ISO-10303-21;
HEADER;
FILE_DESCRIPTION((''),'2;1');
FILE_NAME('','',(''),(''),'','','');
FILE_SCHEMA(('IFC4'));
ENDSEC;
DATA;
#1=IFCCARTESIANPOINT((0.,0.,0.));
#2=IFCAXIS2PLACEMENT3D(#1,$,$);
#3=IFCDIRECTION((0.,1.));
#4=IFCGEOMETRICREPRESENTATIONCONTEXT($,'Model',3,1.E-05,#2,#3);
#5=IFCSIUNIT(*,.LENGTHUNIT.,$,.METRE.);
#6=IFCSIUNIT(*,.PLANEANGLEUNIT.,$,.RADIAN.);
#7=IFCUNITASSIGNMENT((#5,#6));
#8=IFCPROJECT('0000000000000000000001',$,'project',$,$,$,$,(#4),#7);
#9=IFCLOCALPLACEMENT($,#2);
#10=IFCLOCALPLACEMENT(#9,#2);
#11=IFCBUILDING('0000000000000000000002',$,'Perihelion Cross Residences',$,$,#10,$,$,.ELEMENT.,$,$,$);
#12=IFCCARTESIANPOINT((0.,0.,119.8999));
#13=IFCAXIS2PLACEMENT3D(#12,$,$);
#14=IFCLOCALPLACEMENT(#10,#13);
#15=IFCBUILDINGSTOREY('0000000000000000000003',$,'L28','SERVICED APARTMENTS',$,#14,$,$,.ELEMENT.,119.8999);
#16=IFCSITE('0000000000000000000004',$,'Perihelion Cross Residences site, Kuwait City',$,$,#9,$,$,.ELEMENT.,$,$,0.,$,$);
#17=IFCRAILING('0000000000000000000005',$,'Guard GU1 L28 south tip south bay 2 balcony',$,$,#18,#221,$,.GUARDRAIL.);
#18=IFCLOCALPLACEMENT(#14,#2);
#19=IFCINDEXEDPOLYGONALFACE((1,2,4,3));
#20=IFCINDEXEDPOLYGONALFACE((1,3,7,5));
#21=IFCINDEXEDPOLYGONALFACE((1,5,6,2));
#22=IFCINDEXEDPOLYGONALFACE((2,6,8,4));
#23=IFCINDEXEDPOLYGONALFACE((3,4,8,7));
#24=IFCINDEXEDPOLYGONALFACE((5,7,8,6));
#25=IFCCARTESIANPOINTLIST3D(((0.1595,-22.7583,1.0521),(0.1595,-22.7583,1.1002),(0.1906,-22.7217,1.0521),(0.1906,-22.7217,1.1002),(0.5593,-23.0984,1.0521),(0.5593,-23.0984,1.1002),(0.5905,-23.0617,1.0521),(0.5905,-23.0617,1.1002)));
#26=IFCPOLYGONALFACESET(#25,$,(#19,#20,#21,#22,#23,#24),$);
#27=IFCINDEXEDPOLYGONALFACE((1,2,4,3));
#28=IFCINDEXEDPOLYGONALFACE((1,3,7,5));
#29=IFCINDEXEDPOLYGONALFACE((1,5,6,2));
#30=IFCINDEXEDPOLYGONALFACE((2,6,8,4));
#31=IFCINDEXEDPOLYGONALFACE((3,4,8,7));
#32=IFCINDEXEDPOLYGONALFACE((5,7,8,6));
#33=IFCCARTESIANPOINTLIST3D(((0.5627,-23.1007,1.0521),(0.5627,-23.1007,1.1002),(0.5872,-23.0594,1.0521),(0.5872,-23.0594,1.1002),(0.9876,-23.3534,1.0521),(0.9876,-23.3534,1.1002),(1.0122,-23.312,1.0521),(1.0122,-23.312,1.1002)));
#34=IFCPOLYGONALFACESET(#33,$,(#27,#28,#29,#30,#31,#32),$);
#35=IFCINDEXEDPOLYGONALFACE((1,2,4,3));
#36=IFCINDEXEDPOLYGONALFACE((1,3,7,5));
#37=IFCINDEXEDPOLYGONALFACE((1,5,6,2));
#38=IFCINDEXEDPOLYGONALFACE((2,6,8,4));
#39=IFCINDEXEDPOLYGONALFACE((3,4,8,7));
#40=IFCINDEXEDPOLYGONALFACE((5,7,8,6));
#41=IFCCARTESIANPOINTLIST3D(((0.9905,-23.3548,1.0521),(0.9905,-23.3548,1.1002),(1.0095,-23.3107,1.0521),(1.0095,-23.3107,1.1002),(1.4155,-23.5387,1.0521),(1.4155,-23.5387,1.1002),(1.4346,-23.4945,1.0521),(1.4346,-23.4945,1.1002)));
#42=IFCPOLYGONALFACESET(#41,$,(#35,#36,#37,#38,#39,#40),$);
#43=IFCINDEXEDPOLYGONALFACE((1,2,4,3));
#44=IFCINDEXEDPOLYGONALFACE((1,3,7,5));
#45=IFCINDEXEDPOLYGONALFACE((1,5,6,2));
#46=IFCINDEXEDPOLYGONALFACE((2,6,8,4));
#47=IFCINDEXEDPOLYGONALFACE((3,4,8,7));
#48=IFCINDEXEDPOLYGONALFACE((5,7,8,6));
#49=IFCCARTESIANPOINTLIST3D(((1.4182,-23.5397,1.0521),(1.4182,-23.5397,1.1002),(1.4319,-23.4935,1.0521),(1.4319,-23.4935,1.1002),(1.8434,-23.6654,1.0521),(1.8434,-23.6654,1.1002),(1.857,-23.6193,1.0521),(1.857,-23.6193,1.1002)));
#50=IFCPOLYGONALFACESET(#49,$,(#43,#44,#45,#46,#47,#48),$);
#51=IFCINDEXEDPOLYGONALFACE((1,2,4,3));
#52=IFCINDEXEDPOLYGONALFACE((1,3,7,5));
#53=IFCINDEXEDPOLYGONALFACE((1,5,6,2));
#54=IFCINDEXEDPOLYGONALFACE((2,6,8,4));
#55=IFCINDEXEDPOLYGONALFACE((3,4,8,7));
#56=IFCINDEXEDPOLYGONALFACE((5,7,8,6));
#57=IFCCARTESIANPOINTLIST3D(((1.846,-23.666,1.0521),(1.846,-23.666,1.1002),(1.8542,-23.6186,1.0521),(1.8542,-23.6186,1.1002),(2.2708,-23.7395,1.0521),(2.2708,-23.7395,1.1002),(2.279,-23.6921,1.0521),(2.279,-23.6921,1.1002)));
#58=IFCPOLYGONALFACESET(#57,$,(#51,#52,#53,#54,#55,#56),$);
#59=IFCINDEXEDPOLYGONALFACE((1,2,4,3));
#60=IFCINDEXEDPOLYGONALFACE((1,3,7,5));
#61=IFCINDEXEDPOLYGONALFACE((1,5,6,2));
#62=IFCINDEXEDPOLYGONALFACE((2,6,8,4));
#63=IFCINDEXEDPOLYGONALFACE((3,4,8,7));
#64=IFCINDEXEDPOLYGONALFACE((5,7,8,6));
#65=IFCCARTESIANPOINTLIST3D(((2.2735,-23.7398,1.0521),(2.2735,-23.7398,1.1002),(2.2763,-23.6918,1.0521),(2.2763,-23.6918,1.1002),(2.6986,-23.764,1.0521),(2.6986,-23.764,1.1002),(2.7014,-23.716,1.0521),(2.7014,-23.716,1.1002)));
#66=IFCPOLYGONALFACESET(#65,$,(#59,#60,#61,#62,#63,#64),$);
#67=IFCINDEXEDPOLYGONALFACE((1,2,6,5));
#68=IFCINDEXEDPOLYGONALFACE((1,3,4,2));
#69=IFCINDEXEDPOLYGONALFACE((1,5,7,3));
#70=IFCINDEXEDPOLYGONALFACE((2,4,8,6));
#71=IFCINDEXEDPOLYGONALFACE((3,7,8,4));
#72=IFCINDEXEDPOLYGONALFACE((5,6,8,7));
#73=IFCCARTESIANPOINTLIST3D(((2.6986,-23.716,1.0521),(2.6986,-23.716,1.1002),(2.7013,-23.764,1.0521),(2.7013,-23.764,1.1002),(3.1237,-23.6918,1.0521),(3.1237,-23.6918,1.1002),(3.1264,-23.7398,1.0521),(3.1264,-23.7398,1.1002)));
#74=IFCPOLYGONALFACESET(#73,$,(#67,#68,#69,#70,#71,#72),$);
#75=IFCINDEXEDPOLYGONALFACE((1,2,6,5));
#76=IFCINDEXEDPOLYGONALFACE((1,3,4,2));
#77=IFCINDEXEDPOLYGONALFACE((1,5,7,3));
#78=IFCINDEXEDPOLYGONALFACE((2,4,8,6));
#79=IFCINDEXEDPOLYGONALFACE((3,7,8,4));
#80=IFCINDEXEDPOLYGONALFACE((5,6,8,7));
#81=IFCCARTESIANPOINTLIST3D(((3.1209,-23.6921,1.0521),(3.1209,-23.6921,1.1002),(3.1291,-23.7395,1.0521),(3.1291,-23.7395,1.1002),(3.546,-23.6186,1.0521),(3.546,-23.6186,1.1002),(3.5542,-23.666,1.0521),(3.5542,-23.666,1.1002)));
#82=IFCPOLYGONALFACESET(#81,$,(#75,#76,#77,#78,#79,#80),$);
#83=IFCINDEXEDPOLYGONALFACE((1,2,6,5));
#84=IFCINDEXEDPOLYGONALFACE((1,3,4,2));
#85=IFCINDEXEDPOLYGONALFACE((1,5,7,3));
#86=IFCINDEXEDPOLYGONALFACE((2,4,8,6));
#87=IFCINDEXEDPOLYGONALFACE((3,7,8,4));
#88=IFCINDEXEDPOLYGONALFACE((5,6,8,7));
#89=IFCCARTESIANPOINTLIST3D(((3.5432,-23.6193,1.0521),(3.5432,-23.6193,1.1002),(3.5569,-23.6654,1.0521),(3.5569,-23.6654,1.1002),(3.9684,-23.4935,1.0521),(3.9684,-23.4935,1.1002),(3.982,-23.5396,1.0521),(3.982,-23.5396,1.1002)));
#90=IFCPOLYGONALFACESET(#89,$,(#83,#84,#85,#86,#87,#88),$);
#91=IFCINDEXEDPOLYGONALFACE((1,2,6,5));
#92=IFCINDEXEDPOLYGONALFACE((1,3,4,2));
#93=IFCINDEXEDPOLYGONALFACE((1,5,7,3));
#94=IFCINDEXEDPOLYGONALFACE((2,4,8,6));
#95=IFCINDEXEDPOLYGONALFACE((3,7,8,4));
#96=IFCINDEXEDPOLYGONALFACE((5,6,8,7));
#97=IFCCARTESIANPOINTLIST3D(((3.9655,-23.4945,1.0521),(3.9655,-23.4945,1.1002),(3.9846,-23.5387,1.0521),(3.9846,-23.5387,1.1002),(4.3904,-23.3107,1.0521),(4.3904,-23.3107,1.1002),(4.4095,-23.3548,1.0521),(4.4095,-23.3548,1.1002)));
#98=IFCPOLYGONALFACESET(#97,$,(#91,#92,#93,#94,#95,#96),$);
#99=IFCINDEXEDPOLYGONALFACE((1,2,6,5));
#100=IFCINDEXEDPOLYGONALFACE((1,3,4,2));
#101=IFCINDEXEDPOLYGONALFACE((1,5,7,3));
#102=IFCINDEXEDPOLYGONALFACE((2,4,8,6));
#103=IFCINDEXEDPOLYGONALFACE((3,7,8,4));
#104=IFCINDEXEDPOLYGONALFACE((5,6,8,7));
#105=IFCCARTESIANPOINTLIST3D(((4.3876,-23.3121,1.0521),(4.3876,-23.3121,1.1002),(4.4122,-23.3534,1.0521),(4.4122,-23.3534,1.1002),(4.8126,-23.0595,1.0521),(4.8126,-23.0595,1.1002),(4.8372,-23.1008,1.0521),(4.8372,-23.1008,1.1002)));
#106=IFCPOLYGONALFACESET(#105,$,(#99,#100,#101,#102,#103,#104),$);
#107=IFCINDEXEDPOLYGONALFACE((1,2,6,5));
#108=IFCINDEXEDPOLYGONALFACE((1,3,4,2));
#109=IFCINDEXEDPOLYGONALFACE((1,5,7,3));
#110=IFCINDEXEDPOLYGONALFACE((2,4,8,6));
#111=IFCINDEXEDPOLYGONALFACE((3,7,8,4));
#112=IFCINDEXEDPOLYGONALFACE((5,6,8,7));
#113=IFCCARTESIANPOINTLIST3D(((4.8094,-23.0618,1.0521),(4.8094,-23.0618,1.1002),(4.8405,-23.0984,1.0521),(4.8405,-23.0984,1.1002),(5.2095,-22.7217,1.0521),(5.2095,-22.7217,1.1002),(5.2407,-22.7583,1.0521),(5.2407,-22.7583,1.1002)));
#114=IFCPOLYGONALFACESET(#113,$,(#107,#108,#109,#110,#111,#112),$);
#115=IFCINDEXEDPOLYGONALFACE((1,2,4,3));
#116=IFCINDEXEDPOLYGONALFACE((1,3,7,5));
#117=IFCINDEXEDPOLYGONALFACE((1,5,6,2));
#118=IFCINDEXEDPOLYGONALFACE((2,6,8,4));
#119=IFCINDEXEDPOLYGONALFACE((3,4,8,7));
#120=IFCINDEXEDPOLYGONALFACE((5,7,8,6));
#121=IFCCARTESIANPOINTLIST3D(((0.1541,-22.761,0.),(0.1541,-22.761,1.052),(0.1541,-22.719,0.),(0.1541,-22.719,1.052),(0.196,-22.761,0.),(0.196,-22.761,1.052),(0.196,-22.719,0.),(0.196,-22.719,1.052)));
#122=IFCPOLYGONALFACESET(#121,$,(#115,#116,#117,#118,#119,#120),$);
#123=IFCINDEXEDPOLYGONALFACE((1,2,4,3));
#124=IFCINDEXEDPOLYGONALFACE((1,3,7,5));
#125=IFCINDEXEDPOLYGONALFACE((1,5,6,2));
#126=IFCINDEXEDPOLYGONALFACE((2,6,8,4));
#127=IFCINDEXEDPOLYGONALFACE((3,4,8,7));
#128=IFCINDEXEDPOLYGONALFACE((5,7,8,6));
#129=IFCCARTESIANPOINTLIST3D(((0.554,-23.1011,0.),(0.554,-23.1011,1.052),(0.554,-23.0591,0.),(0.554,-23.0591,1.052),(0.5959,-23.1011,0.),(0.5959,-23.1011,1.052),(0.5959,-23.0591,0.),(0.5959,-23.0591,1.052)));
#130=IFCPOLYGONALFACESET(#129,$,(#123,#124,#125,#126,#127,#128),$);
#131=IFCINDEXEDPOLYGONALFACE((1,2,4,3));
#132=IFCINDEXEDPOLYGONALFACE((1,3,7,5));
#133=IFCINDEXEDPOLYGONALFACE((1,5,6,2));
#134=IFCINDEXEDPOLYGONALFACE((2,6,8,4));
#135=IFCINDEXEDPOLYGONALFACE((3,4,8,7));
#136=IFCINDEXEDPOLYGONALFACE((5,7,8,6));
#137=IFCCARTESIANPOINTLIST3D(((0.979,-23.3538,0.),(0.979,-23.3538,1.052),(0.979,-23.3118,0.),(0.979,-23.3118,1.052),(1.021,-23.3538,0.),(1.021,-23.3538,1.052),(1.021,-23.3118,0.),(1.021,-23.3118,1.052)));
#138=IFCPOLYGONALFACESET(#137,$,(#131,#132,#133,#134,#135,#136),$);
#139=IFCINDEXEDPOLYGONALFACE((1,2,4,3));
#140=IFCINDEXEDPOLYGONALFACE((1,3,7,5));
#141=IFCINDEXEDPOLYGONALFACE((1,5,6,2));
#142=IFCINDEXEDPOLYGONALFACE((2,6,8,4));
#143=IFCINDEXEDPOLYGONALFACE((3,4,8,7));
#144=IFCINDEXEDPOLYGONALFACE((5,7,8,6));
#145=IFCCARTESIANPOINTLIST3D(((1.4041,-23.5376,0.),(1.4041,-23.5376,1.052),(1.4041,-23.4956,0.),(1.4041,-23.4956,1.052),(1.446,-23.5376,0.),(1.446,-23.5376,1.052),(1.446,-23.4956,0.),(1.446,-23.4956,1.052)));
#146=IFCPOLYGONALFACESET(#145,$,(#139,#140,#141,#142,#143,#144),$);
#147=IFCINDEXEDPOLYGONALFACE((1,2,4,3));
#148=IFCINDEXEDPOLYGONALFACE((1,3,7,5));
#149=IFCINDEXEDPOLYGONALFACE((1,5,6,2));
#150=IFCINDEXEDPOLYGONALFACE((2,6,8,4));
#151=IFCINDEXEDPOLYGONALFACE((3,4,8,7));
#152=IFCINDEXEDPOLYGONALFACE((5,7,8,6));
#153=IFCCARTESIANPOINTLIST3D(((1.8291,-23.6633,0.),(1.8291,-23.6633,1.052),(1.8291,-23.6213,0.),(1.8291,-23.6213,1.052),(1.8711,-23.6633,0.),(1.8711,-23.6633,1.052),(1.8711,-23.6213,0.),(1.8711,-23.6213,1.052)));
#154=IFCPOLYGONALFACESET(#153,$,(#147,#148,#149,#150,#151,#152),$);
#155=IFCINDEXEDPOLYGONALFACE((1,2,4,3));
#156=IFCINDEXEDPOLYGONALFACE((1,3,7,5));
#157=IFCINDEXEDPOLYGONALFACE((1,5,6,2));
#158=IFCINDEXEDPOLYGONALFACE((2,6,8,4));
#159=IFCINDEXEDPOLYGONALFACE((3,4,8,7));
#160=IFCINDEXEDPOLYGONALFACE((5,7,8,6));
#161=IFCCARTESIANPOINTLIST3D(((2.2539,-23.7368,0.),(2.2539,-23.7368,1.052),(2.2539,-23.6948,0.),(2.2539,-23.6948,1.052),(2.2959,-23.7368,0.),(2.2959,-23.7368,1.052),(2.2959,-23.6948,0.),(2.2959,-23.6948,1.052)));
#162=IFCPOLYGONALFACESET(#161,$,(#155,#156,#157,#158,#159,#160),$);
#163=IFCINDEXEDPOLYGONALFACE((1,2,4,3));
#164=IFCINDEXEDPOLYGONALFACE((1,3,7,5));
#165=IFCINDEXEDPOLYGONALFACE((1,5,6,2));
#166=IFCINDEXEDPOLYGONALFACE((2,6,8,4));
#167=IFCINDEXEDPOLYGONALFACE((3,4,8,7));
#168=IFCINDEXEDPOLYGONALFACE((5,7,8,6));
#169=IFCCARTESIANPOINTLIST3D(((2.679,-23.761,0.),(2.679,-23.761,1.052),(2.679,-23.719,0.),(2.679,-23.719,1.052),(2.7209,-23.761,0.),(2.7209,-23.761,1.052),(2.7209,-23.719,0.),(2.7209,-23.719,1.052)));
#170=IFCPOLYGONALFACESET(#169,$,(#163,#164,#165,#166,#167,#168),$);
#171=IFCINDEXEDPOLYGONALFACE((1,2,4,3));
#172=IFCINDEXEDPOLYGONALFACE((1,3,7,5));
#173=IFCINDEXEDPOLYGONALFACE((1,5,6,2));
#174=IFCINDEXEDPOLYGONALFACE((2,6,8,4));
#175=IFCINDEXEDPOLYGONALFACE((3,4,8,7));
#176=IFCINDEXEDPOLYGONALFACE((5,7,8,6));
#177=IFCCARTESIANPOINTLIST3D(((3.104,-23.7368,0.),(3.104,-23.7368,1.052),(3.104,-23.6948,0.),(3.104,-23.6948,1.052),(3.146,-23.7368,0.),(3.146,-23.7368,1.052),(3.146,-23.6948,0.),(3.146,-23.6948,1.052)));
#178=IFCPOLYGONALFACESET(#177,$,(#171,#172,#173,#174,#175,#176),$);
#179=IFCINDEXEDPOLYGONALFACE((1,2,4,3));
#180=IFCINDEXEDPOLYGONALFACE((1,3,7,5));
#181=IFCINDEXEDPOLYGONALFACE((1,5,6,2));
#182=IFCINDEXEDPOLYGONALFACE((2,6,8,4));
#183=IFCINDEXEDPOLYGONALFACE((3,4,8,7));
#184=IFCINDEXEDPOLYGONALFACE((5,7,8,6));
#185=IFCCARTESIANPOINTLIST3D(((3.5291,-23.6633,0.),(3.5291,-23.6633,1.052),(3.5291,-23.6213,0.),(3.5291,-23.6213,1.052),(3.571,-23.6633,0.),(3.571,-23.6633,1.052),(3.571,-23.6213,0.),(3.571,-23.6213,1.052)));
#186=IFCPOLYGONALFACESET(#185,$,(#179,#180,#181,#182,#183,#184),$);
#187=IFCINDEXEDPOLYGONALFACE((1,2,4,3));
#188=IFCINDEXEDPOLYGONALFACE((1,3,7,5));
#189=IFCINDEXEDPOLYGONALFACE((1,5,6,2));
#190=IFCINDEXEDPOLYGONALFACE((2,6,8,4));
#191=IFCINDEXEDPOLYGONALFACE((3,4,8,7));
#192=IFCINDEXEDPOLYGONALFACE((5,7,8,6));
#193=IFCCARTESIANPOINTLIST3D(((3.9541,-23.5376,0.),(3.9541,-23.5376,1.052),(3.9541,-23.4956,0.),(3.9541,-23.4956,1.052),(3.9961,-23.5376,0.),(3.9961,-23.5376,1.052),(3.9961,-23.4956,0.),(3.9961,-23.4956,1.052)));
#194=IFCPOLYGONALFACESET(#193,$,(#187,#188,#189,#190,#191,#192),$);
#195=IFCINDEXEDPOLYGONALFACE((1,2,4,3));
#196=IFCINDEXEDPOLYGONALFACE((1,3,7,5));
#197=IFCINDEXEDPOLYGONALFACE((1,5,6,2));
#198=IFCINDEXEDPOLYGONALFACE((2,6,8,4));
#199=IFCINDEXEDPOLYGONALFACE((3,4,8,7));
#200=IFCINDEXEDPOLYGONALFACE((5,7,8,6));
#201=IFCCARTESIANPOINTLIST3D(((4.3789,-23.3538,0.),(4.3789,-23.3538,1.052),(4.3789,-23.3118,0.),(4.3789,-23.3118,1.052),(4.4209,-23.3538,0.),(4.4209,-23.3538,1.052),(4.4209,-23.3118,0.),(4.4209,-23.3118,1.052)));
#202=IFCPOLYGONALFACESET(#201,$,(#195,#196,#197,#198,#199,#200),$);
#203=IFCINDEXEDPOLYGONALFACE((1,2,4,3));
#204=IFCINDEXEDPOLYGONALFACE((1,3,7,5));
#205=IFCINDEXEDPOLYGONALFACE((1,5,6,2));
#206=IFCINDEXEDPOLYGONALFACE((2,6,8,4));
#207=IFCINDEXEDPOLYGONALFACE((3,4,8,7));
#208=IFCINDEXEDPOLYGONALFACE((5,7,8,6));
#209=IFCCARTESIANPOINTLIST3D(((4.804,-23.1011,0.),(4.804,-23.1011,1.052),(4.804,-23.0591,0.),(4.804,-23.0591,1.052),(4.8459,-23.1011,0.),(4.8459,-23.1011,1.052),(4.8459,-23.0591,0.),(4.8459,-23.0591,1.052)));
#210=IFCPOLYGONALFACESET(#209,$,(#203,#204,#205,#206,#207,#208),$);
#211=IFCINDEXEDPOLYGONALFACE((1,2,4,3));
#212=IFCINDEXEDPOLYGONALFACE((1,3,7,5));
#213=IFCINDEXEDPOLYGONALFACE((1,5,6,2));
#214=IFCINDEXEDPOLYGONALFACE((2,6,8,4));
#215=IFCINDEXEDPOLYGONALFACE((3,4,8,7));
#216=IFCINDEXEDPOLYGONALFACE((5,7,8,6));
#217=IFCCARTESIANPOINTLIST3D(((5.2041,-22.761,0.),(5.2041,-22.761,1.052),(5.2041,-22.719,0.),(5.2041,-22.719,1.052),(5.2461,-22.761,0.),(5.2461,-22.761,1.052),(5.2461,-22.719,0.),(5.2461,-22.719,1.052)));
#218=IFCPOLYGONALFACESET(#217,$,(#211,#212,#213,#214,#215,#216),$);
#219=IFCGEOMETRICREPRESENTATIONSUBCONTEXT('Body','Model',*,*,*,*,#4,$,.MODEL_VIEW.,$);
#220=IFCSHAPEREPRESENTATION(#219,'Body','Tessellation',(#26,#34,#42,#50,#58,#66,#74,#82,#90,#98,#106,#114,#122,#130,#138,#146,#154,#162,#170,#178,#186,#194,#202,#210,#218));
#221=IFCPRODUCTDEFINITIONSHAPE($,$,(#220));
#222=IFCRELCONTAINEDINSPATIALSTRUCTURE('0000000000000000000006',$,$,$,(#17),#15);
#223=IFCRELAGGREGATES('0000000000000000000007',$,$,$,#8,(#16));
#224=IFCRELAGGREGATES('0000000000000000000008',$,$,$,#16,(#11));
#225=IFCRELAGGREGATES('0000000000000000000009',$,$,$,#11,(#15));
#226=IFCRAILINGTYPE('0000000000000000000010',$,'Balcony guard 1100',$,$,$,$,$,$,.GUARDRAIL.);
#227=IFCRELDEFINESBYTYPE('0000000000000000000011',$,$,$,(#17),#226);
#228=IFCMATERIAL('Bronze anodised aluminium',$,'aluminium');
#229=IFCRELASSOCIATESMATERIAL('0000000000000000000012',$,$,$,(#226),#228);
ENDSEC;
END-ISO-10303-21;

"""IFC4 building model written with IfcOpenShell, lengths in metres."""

from ifc_helpers import new_model, si_unit, direction, frame, origin, origin_2d, place, context, subcontext, project, spatial, rectangle, extrude, material, type_object, element, save


model = new_model("IFC4")

# Units and contexts
model_context = context("Model", 3, precision=1e-05, world=origin(), true_north=direction((0.0, 1.0)))
body_context = subcontext(model_context, "Body", "Model", "MODEL_VIEW")
ifc_project = project(units=[si_unit("LENGTHUNIT", "METRE"), si_unit("PLANEANGLEUNIT", "RADIAN")], contexts=[model_context])

# Site, building, storey
site_placement = place(None, origin())
site = spatial("IfcSite", under=ifc_project, at=site_placement, Name="Perihelion Cross Residences site, Kuwait City", CompositionType="ELEMENT", RefElevation=0.0)
building_placement = place(site_placement, origin())
building = spatial("IfcBuilding", under=site, at=building_placement, Name="Perihelion Cross Residences", CompositionType="ELEMENT")
storey_placement = place(building_placement, frame((0.0, 0.0, 119.8999)))
storey = spatial("IfcBuildingStorey", under=building, at=storey_placement, Name="L28", Description="SERVICED APARTMENTS", CompositionType="ELEMENT", Elevation=119.8999)

# Railing
ifc_material_1 = material(Name="Bronze anodised aluminium", Category="aluminium")
railing_type = type_object("IfcRailingType", Name="Balcony guard 1100", PredefinedType="GUARDRAIL", material=ifc_material_1)
railing_placement = place(storey_placement, frame((0.175, -22.74, 0.0)))
element("IfcRailing", 1, at=railing_placement, inside=storey, type_object=railing_type, Name="Guard GU1 L28 south tip south bay 2 balcony", PredefinedType="GUARDRAIL", context=body_context, shape_type="SweptSolid", body=[
    extrude(rectangle(XDim=0.0481, YDim=0.0481, at=origin_2d()), frame((0.0, 0.0, 1.0762), z_axis=(0.761779, -0.647837, 0.0), x_axis=(0.647837, 0.761779, 0.0)), (0.0, 0.0, 1.0), 0.5249),
    extrude(rectangle(XDim=0.0481, YDim=0.0481, at=origin_2d()), frame((0.3999, -0.3401, 1.0762), z_axis=(0.859577, -0.511006, 0.0), x_axis=(0.511006, 0.859577, 0.0)), (0.0, 0.0, 1.0), 0.4944),
    extrude(rectangle(XDim=0.0481, YDim=0.0481, at=origin_2d()), frame((0.825, -0.5928, 1.0762), z_axis=(0.917831, -0.396971, 0.0), x_axis=(0.396971, 0.917831, 0.0)), (0.0, 0.0, 1.0), 0.4631),
    extrude(rectangle(XDim=0.0481, YDim=0.0481, at=origin_2d()), frame((1.25, -0.7766, 1.0762), z_axis=(0.958926, -0.283657, 0.0), x_axis=(0.283657, 0.958926, 0.0)), (0.0, 0.0, 1.0), 0.4434),
    extrude(rectangle(XDim=0.0481, YDim=0.0481, at=origin_2d()), frame((1.675, -0.9023, 1.0762), z_axis=(0.985365, -0.170457, 0.0), x_axis=(0.170457, 0.985365, 0.0)), (0.0, 0.0, 1.0), 0.4312),
    extrude(rectangle(XDim=0.0481, YDim=0.0481, at=origin_2d()), frame((2.0999, -0.9758, 1.0762), z_axis=(0.998387, -0.056772, 0.0), x_axis=(0.056772, 0.998387, 0.0)), (0.0, 0.0, 1.0), 0.4258),
    extrude(rectangle(XDim=0.0481, YDim=0.0481, at=origin_2d()), frame((2.5249, -1.0, 1.0762), z_axis=(0.998387, 0.056772, 0.0), x_axis=(-0.056772, 0.998387, 0.0)), (0.0, 0.0, 1.0), 0.4258),
    extrude(rectangle(XDim=0.0481, YDim=0.0481, at=origin_2d()), frame((2.95, -0.9758, 1.0762), z_axis=(0.985382, 0.170362, 0.0), x_axis=(-0.170362, 0.985382, 0.0)), (0.0, 0.0, 1.0), 0.4314),
    extrude(rectangle(XDim=0.0481, YDim=0.0481, at=origin_2d()), frame((3.375, -0.9023, 1.0762), z_axis=(0.958926, 0.283657, 0.0), x_axis=(-0.283657, 0.958926, 0.0)), (0.0, 0.0, 1.0), 0.4434),
    extrude(rectangle(XDim=0.0481, YDim=0.0481, at=origin_2d()), frame((3.8, -0.7766, 1.0762), z_axis=(0.917748, 0.397163, 0.0), x_axis=(-0.397163, 0.917748, 0.0)), (0.0, 0.0, 1.0), 0.4629),
    extrude(rectangle(XDim=0.0481, YDim=0.0481, at=origin_2d()), frame((4.2249, -0.5928, 1.0762), z_axis=(0.859577, 0.511006, 0.0), x_axis=(-0.511006, 0.859577, 0.0)), (0.0, 0.0, 1.0), 0.4944),
    extrude(rectangle(XDim=0.0481, YDim=0.0481, at=origin_2d()), frame((4.6499, -0.3401, 1.0762), z_axis=(0.761974, 0.647608, 0.0), x_axis=(-0.647608, 0.761974, 0.0)), (0.0, 0.0, 1.0), 0.5251),
    extrude(rectangle(XDim=0.042, YDim=0.042, at=origin_2d()), origin(), (0.0, 0.0, 1.0), 1.052),
    extrude(rectangle(XDim=0.042, YDim=0.042, at=origin_2d()), frame((0.3999, -0.3401, 0.0)), (0.0, 0.0, 1.0), 1.052),
    extrude(rectangle(XDim=0.042, YDim=0.042, at=origin_2d()), frame((0.825, -0.5928, 0.0)), (0.0, 0.0, 1.0), 1.052),
    extrude(rectangle(XDim=0.042, YDim=0.042, at=origin_2d()), frame((1.25, -0.7766, 0.0)), (0.0, 0.0, 1.0), 1.052),
    extrude(rectangle(XDim=0.042, YDim=0.042, at=origin_2d()), frame((1.675, -0.9023, 0.0)), (0.0, 0.0, 1.0), 1.052),
    extrude(rectangle(XDim=0.042, YDim=0.042, at=origin_2d()), frame((2.0999, -0.9758, 0.0)), (0.0, 0.0, 1.0), 1.052),
    extrude(rectangle(XDim=0.042, YDim=0.042, at=origin_2d()), frame((2.5249, -1.0, 0.0)), (0.0, 0.0, 1.0), 1.052),
    extrude(rectangle(XDim=0.042, YDim=0.042, at=origin_2d()), frame((2.95, -0.9758, 0.0)), (0.0, 0.0, 1.0), 1.052),
    extrude(rectangle(XDim=0.042, YDim=0.042, at=origin_2d()), frame((3.375, -0.9023, 0.0)), (0.0, 0.0, 1.0), 1.052),
    extrude(rectangle(XDim=0.042, YDim=0.042, at=origin_2d()), frame((3.8, -0.7766, 0.0)), (0.0, 0.0, 1.0), 1.052),
    extrude(rectangle(XDim=0.042, YDim=0.042, at=origin_2d()), frame((4.2249, -0.5928, 0.0)), (0.0, 0.0, 1.0), 1.052),
    extrude(rectangle(XDim=0.042, YDim=0.042, at=origin_2d()), frame((4.6499, -0.3401, 0.0)), (0.0, 0.0, 1.0), 1.052),
    extrude(rectangle(XDim=0.042, YDim=0.042, at=origin_2d()), frame((5.05, 0.0, 0.0)), (0.0, 0.0, 1.0), 1.052),
])

save(model, "model.ifc")
